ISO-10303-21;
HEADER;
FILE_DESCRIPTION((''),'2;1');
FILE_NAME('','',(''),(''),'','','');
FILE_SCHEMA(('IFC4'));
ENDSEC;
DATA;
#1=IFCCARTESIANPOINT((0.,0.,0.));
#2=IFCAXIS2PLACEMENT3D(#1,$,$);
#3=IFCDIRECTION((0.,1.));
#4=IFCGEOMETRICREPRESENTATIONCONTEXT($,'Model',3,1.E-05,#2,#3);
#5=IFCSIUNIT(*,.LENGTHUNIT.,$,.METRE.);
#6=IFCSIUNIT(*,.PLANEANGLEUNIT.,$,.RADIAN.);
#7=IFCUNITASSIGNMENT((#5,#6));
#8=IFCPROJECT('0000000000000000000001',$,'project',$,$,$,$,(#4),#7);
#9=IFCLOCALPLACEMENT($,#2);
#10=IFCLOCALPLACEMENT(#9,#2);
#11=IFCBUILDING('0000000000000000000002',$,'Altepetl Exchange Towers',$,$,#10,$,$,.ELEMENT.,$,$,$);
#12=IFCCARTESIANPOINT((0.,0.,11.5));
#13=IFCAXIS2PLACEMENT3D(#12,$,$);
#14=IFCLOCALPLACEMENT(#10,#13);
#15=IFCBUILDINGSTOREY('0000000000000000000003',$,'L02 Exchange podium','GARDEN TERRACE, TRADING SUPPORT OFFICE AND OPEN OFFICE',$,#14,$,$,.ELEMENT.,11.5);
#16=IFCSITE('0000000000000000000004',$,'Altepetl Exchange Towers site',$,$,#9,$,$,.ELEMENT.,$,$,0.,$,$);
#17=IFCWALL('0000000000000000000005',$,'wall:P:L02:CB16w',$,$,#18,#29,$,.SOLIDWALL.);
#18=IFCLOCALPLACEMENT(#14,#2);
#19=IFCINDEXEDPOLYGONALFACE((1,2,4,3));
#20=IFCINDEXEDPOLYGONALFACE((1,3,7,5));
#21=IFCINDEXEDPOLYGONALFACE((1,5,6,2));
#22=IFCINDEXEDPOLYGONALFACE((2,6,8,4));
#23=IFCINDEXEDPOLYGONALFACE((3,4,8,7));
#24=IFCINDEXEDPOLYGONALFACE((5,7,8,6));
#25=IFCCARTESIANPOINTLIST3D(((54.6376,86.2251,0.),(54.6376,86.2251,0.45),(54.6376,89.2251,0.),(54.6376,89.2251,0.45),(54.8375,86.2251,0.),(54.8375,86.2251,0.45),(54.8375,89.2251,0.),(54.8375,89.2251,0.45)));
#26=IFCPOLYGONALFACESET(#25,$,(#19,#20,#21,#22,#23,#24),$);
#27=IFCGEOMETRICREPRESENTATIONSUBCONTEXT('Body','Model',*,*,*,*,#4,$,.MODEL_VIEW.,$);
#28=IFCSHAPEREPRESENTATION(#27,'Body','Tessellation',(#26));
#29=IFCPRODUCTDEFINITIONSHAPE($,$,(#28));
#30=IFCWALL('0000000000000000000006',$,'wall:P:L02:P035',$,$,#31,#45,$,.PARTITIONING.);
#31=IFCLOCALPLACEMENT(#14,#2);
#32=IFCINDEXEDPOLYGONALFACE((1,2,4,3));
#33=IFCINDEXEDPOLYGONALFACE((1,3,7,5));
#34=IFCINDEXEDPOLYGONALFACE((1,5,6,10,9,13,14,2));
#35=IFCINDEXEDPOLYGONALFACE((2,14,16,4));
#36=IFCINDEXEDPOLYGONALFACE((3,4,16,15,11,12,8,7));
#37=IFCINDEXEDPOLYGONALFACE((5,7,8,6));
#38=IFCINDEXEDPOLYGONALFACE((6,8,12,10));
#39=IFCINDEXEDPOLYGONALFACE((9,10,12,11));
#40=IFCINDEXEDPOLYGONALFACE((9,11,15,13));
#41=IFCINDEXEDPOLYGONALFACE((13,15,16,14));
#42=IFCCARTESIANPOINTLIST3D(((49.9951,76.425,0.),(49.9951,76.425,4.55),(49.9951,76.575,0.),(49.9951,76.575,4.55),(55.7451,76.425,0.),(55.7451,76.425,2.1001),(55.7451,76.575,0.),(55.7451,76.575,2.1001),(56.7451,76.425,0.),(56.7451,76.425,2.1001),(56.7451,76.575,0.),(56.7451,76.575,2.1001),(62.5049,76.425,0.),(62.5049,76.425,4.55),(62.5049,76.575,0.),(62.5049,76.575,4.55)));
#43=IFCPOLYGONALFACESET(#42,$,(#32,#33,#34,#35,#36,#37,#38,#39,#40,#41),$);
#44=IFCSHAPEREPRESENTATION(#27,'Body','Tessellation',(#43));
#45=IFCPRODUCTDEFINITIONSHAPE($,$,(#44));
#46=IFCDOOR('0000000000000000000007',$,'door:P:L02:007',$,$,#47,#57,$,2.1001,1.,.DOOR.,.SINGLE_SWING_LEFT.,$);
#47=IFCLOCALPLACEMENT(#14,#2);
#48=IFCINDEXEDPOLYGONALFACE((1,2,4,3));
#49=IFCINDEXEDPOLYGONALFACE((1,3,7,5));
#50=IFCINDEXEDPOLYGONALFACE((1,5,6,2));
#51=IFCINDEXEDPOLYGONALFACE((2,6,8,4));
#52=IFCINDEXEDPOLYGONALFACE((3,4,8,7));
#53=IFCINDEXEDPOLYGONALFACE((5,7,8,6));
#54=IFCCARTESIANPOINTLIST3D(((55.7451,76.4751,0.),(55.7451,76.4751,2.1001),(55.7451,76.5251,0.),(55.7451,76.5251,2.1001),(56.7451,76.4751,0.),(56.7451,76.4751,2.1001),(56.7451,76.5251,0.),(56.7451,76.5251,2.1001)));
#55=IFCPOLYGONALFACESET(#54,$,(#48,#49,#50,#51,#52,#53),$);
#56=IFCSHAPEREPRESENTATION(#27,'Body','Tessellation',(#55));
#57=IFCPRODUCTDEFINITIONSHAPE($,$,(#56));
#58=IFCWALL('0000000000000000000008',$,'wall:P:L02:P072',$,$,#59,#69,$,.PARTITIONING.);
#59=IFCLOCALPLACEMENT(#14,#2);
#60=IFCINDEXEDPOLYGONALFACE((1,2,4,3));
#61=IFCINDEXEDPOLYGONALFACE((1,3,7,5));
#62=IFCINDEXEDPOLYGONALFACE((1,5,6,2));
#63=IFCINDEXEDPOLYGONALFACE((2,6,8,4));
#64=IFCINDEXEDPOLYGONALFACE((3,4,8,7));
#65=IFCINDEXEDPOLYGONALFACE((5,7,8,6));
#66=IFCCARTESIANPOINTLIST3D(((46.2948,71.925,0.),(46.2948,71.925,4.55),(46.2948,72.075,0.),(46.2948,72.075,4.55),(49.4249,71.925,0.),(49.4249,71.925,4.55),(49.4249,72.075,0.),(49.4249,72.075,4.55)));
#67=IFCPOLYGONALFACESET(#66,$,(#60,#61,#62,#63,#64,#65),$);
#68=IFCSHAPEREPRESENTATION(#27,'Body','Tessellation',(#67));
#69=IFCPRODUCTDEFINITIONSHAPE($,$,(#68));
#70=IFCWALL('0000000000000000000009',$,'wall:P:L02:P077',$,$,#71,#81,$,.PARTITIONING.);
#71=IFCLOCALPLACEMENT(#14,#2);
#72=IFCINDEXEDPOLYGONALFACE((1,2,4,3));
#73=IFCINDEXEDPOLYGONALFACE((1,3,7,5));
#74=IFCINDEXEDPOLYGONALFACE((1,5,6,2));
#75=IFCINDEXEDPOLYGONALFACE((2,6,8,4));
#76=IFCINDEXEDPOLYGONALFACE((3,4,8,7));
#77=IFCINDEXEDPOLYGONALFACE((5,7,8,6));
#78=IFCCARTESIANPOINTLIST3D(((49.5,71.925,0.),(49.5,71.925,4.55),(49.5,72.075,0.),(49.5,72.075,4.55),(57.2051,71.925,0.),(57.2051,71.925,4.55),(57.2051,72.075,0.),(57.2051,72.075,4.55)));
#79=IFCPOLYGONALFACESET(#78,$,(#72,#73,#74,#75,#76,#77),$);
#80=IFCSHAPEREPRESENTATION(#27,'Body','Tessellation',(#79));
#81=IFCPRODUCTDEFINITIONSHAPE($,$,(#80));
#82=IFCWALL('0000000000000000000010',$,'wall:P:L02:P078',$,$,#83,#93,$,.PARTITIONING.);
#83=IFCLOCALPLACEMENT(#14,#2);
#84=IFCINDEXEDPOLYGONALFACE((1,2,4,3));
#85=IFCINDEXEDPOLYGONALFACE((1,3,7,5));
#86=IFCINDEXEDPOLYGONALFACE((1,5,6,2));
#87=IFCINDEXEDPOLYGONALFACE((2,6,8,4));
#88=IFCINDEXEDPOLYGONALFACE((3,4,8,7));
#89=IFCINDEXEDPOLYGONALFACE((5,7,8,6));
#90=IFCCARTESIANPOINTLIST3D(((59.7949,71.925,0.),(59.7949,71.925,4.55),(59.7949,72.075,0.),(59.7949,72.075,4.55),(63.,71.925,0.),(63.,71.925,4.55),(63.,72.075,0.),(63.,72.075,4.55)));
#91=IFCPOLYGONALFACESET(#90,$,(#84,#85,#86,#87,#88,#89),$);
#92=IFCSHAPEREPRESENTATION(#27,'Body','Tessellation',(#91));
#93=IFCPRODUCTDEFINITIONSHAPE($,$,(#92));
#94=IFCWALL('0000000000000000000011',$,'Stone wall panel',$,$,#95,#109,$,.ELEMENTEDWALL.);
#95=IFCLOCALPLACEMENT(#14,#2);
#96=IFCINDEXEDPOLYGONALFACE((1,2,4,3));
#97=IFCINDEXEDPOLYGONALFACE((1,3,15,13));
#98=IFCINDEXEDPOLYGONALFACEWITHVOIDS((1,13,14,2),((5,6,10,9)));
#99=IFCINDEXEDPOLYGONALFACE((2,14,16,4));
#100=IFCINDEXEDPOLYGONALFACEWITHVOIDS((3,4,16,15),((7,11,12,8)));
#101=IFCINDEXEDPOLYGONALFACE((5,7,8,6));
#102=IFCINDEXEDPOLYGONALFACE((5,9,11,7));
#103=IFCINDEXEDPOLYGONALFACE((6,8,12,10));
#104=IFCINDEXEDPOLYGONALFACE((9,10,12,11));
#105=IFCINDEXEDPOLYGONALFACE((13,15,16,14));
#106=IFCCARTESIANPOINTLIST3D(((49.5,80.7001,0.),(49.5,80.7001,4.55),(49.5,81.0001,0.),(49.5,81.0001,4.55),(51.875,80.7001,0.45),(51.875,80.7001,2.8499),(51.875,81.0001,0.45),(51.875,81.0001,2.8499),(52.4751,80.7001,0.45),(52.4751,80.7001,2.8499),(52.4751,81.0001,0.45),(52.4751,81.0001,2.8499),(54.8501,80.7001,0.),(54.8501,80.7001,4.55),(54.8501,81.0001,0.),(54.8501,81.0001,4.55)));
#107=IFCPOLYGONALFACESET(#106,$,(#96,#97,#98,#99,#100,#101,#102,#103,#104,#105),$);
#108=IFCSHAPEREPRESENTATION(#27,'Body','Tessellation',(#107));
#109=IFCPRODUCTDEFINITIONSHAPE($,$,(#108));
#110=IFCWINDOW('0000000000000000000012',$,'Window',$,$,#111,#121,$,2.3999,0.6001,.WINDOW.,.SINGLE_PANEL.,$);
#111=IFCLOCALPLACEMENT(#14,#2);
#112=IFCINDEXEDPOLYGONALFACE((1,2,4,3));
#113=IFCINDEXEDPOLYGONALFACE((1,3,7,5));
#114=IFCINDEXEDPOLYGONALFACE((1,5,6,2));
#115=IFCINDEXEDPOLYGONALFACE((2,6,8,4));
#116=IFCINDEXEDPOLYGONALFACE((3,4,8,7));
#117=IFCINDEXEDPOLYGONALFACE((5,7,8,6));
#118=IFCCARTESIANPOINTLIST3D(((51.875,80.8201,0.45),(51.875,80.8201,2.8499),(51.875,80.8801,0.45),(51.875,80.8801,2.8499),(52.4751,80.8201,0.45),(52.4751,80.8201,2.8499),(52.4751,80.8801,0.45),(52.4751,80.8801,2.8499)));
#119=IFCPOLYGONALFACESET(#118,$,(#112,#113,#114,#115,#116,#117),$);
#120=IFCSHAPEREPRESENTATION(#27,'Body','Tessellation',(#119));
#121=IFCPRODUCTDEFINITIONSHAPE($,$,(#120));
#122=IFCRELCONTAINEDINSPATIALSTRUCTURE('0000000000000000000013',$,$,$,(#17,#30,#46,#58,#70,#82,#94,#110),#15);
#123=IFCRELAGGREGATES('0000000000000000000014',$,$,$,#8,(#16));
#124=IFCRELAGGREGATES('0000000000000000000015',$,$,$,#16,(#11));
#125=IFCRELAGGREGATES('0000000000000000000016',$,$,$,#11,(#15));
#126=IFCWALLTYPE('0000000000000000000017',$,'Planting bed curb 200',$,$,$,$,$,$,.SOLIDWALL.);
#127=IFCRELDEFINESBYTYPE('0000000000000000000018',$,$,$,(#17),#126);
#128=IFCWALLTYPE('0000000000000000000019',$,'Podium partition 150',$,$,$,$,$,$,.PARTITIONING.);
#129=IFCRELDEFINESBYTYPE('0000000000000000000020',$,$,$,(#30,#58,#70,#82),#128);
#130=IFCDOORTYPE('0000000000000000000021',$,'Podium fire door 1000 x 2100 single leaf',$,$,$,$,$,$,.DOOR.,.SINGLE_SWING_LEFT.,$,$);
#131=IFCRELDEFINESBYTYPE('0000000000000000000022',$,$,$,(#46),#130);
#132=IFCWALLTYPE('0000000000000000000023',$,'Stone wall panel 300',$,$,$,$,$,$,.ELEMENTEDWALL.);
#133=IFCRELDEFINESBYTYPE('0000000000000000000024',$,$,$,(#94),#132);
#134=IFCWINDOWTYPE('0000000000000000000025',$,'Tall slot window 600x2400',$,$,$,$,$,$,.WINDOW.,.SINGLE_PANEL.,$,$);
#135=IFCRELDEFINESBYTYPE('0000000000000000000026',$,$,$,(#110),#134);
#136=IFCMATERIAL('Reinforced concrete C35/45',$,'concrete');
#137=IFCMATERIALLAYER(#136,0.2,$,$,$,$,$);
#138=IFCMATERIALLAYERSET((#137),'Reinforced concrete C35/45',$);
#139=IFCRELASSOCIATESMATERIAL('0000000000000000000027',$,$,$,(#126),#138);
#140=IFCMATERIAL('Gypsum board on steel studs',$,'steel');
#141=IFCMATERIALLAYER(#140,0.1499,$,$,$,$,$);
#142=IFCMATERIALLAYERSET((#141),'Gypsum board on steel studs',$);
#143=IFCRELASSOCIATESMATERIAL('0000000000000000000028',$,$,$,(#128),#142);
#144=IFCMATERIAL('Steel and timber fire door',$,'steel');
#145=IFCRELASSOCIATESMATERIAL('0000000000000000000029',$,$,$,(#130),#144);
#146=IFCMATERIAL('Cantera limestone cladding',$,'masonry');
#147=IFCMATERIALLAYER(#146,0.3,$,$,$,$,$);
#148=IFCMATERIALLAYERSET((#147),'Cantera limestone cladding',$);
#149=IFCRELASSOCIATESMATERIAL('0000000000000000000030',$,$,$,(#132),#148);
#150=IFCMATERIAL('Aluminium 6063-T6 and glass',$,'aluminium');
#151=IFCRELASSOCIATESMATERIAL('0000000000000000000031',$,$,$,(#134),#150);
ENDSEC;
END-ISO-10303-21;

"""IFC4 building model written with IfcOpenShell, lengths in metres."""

from ifc_helpers import new_model, si_unit, direction, frame, frame_2d, origin, place, context, subcontext, project, spatial, rectangle, extrude, material, layer, layer_set, type_object, element, fill, save


model = new_model("IFC4")

# Units and contexts
model_context = context("Model", 3, precision=1e-05, world=origin(), true_north=direction((0.0, 1.0)))
body_context = subcontext(model_context, "Body", "Model", "MODEL_VIEW")
ifc_project = project(units=[si_unit("LENGTHUNIT", "METRE"), si_unit("PLANEANGLEUNIT", "RADIAN")], contexts=[model_context])

# Site, building, storey
site_placement = place(None, origin())
site = spatial("IfcSite", under=ifc_project, at=site_placement, Name="Altepetl Exchange Towers site", CompositionType="ELEMENT", RefElevation=0.0)
building_placement = place(site_placement, origin())
building = spatial("IfcBuilding", under=site, at=building_placement, Name="Altepetl Exchange Towers", CompositionType="ELEMENT")
storey_placement = place(building_placement, frame((0.0, 0.0, 11.5)))
storey = spatial("IfcBuildingStorey", under=building, at=storey_placement, Name="L02 Exchange podium", Description="GARDEN TERRACE, TRADING SUPPORT OFFICE AND OPEN OFFICE", CompositionType="ELEMENT", Elevation=11.5)

# Shared definitions
ifc_material_1 = material(Name="Aluminium 6063-T6 and glass", Category="aluminium")

# Wall
ifc_material_2 = material(Name="Reinforced concrete C35/45", Category="concrete")
ifc_layer_1 = layer(ifc_material_2, 0.2)
ifc_layer_set_1 = layer_set([ifc_layer_1], Name="Reinforced concrete C35/45")
wall_type_1 = type_object("IfcWallType", Name="Planting bed curb 200", PredefinedType="SOLIDWALL", material=ifc_layer_set_1)
wall_1_placement = place(storey_placement, frame((54.7375, 86.2251, 0.0), z_axis=(0.0, 0.0, 1.0), x_axis=(0.0, 1.0, 0.0)))
element("IfcWall", 1, at=wall_1_placement, inside=storey, type_object=wall_type_1, Name="wall:P:L02:CB16w", PredefinedType="SOLIDWALL", context=body_context, shape_type="SweptSolid", body=[
    extrude(rectangle(XDim=3.0, YDim=0.2, at=frame_2d((1.5, 0.0))), origin(), (0.0, 0.0, 1.0), 0.45),
])

# Wall, opening, door
ifc_material_3 = material(Name="Gypsum board on steel studs", Category="steel")
ifc_layer_2 = layer(ifc_material_3, 0.1499)
ifc_layer_set_2 = layer_set([ifc_layer_2], Name="Gypsum board on steel studs")
wall_type_2 = type_object("IfcWallType", Name="Podium partition 150", PredefinedType="PARTITIONING", material=ifc_layer_set_2)
wall_2_placement = place(storey_placement, frame((49.9951, 76.5, 0.0)))
wall_2 = element("IfcWall", 2, at=wall_2_placement, inside=storey, type_object=wall_type_2, Name="wall:P:L02:P035", PredefinedType="PARTITIONING", context=body_context, shape_type="SweptSolid", body=[
    extrude(rectangle(XDim=12.5098, YDim=0.1499, at=frame_2d((6.2549, 0.0))), origin(), (0.0, 0.0, 1.0), 4.55),
])
opening_1_placement = place(wall_2_placement, frame((5.75, 0.0, 0.0)))
opening_1 = element("IfcOpeningElement", 3, at=opening_1_placement, cuts=wall_2, PredefinedType="OPENING", context=body_context, shape_type="SweptSolid", body=[
    extrude(rectangle(XDim=1.0, YDim=2.1001, at=frame_2d((0.5, 1.05))), frame((0.0, 0.085, 0.0), z_axis=(0.0, -1.0, 0.0), x_axis=(1.0, 0.0, 0.0)), (0.0, 0.0, 1.0), 0.1699),
])
ifc_material_4 = material(Name="Steel and timber fire door", Category="steel")
door_type_1 = type_object("IfcDoorType", Name="Podium fire door 1000 x 2100 single leaf", OperationType="SINGLE_SWING_LEFT", PredefinedType="DOOR", material=ifc_material_4)
door_1_placement = place(opening_1_placement, frame((1.0, 0.0, 0.0), x_axis=(-1.0, 0.0, 0.0)))
door_1 = element("IfcDoor", 4, at=door_1_placement, inside=storey, type_object=door_type_1, Name="door:P:L02:007", OperationType="SINGLE_SWING_LEFT", OverallHeight=2.1001, OverallWidth=1.0, PredefinedType="DOOR", context=body_context, shape_type="SweptSolid", body=[
    extrude(rectangle(XDim=1.0, YDim=2.1001, at=frame_2d((0.5, 1.05))), frame((0.0, 0.0249, 0.0), z_axis=(0.0, -1.0, 0.0), x_axis=(1.0, 0.0, 0.0)), (0.0, 0.0, 1.0), 0.05),
])
fill(opening_1, door_1)

# Walls
wall_3_placement = place(storey_placement, frame((46.2949, 72.0, 0.0)))
element("IfcWall", 5, at=wall_3_placement, inside=storey, type_object=wall_type_2, Name="wall:P:L02:P072", PredefinedType="PARTITIONING", context=body_context, shape_type="SweptSolid", body=[
    extrude(rectangle(XDim=3.1301, YDim=0.1499, at=frame_2d((1.5649, 0.0))), origin(), (0.0, 0.0, 1.0), 4.55),
])
wall_4_placement = place(storey_placement, frame((49.5, 72.0, 0.0)))
element("IfcWall", 6, at=wall_4_placement, inside=storey, type_object=wall_type_2, Name="wall:P:L02:P077", PredefinedType="PARTITIONING", context=body_context, shape_type="SweptSolid", body=[
    extrude(rectangle(XDim=7.7051, YDim=0.1499, at=frame_2d((3.8525, 0.0))), origin(), (0.0, 0.0, 1.0), 4.55),
])
wall_5_placement = place(storey_placement, frame((59.7949, 72.0, 0.0)))
element("IfcWall", 7, at=wall_5_placement, inside=storey, type_object=wall_type_2, Name="wall:P:L02:P078", PredefinedType="PARTITIONING", context=body_context, shape_type="SweptSolid", body=[
    extrude(rectangle(XDim=3.2051, YDim=0.1499, at=frame_2d((1.6025, 0.0))), origin(), (0.0, 0.0, 1.0), 4.55),
])

# Wall, opening, window
ifc_material_5 = material(Name="Cantera limestone cladding", Category="masonry")
ifc_layer_3 = layer(ifc_material_5, 0.3)
ifc_layer_set_3 = layer_set([ifc_layer_3], Name="Cantera limestone cladding")
wall_type_3 = type_object("IfcWallType", Name="Stone wall panel 300", PredefinedType="ELEMENTEDWALL", material=ifc_layer_set_3)
wall_6_placement = place(storey_placement, frame((54.8501, 80.8501, 0.0), z_axis=(0.0, 0.0, 1.0), x_axis=(-1.0, 0.0, 0.0)))
wall_6 = element("IfcWall", 8, at=wall_6_placement, inside=storey, type_object=wall_type_3, Name="Stone wall panel", PredefinedType="ELEMENTEDWALL", context=body_context, shape_type="SweptSolid", body=[
    extrude(rectangle(XDim=5.3501, YDim=0.3, at=frame_2d((2.675, 0.0))), origin(), (0.0, 0.0, 1.0), 4.55),
])
opening_2_placement = place(wall_6_placement, frame((2.375, 0.0, 0.45)))
opening_2 = element("IfcOpeningElement", 9, at=opening_2_placement, cuts=wall_6, PredefinedType="OPENING", context=body_context, shape_type="SweptSolid", body=[
    extrude(rectangle(XDim=0.6001, YDim=2.3999, at=frame_2d((0.3, 1.2))), frame((0.0, 0.1602, 0.0), z_axis=(0.0, -1.0, 0.0), x_axis=(1.0, 0.0, 0.0)), (0.0, 0.0, 1.0), 0.3201),
])
window_type = type_object("IfcWindowType", Name="Tall slot window 600x2400", PartitioningType="SINGLE_PANEL", PredefinedType="WINDOW", material=ifc_material_1)
window_placement = place(opening_2_placement, origin())
window = element("IfcWindow", 10, at=window_placement, inside=storey, type_object=window_type, Name="Window", OverallHeight=2.3999, OverallWidth=0.6001, PartitioningType="SINGLE_PANEL", PredefinedType="WINDOW", context=body_context, shape_type="SweptSolid", body=[
    extrude(rectangle(XDim=0.6001, YDim=2.3999, at=frame_2d((0.3, 1.2))), frame((0.0, 0.03, 0.0), z_axis=(0.0, -1.0, 0.0), x_axis=(1.0, 0.0, 0.0)), (0.0, 0.0, 1.0), 0.0601),
])
fill(opening_2, window)

save(model, "model.ifc")
